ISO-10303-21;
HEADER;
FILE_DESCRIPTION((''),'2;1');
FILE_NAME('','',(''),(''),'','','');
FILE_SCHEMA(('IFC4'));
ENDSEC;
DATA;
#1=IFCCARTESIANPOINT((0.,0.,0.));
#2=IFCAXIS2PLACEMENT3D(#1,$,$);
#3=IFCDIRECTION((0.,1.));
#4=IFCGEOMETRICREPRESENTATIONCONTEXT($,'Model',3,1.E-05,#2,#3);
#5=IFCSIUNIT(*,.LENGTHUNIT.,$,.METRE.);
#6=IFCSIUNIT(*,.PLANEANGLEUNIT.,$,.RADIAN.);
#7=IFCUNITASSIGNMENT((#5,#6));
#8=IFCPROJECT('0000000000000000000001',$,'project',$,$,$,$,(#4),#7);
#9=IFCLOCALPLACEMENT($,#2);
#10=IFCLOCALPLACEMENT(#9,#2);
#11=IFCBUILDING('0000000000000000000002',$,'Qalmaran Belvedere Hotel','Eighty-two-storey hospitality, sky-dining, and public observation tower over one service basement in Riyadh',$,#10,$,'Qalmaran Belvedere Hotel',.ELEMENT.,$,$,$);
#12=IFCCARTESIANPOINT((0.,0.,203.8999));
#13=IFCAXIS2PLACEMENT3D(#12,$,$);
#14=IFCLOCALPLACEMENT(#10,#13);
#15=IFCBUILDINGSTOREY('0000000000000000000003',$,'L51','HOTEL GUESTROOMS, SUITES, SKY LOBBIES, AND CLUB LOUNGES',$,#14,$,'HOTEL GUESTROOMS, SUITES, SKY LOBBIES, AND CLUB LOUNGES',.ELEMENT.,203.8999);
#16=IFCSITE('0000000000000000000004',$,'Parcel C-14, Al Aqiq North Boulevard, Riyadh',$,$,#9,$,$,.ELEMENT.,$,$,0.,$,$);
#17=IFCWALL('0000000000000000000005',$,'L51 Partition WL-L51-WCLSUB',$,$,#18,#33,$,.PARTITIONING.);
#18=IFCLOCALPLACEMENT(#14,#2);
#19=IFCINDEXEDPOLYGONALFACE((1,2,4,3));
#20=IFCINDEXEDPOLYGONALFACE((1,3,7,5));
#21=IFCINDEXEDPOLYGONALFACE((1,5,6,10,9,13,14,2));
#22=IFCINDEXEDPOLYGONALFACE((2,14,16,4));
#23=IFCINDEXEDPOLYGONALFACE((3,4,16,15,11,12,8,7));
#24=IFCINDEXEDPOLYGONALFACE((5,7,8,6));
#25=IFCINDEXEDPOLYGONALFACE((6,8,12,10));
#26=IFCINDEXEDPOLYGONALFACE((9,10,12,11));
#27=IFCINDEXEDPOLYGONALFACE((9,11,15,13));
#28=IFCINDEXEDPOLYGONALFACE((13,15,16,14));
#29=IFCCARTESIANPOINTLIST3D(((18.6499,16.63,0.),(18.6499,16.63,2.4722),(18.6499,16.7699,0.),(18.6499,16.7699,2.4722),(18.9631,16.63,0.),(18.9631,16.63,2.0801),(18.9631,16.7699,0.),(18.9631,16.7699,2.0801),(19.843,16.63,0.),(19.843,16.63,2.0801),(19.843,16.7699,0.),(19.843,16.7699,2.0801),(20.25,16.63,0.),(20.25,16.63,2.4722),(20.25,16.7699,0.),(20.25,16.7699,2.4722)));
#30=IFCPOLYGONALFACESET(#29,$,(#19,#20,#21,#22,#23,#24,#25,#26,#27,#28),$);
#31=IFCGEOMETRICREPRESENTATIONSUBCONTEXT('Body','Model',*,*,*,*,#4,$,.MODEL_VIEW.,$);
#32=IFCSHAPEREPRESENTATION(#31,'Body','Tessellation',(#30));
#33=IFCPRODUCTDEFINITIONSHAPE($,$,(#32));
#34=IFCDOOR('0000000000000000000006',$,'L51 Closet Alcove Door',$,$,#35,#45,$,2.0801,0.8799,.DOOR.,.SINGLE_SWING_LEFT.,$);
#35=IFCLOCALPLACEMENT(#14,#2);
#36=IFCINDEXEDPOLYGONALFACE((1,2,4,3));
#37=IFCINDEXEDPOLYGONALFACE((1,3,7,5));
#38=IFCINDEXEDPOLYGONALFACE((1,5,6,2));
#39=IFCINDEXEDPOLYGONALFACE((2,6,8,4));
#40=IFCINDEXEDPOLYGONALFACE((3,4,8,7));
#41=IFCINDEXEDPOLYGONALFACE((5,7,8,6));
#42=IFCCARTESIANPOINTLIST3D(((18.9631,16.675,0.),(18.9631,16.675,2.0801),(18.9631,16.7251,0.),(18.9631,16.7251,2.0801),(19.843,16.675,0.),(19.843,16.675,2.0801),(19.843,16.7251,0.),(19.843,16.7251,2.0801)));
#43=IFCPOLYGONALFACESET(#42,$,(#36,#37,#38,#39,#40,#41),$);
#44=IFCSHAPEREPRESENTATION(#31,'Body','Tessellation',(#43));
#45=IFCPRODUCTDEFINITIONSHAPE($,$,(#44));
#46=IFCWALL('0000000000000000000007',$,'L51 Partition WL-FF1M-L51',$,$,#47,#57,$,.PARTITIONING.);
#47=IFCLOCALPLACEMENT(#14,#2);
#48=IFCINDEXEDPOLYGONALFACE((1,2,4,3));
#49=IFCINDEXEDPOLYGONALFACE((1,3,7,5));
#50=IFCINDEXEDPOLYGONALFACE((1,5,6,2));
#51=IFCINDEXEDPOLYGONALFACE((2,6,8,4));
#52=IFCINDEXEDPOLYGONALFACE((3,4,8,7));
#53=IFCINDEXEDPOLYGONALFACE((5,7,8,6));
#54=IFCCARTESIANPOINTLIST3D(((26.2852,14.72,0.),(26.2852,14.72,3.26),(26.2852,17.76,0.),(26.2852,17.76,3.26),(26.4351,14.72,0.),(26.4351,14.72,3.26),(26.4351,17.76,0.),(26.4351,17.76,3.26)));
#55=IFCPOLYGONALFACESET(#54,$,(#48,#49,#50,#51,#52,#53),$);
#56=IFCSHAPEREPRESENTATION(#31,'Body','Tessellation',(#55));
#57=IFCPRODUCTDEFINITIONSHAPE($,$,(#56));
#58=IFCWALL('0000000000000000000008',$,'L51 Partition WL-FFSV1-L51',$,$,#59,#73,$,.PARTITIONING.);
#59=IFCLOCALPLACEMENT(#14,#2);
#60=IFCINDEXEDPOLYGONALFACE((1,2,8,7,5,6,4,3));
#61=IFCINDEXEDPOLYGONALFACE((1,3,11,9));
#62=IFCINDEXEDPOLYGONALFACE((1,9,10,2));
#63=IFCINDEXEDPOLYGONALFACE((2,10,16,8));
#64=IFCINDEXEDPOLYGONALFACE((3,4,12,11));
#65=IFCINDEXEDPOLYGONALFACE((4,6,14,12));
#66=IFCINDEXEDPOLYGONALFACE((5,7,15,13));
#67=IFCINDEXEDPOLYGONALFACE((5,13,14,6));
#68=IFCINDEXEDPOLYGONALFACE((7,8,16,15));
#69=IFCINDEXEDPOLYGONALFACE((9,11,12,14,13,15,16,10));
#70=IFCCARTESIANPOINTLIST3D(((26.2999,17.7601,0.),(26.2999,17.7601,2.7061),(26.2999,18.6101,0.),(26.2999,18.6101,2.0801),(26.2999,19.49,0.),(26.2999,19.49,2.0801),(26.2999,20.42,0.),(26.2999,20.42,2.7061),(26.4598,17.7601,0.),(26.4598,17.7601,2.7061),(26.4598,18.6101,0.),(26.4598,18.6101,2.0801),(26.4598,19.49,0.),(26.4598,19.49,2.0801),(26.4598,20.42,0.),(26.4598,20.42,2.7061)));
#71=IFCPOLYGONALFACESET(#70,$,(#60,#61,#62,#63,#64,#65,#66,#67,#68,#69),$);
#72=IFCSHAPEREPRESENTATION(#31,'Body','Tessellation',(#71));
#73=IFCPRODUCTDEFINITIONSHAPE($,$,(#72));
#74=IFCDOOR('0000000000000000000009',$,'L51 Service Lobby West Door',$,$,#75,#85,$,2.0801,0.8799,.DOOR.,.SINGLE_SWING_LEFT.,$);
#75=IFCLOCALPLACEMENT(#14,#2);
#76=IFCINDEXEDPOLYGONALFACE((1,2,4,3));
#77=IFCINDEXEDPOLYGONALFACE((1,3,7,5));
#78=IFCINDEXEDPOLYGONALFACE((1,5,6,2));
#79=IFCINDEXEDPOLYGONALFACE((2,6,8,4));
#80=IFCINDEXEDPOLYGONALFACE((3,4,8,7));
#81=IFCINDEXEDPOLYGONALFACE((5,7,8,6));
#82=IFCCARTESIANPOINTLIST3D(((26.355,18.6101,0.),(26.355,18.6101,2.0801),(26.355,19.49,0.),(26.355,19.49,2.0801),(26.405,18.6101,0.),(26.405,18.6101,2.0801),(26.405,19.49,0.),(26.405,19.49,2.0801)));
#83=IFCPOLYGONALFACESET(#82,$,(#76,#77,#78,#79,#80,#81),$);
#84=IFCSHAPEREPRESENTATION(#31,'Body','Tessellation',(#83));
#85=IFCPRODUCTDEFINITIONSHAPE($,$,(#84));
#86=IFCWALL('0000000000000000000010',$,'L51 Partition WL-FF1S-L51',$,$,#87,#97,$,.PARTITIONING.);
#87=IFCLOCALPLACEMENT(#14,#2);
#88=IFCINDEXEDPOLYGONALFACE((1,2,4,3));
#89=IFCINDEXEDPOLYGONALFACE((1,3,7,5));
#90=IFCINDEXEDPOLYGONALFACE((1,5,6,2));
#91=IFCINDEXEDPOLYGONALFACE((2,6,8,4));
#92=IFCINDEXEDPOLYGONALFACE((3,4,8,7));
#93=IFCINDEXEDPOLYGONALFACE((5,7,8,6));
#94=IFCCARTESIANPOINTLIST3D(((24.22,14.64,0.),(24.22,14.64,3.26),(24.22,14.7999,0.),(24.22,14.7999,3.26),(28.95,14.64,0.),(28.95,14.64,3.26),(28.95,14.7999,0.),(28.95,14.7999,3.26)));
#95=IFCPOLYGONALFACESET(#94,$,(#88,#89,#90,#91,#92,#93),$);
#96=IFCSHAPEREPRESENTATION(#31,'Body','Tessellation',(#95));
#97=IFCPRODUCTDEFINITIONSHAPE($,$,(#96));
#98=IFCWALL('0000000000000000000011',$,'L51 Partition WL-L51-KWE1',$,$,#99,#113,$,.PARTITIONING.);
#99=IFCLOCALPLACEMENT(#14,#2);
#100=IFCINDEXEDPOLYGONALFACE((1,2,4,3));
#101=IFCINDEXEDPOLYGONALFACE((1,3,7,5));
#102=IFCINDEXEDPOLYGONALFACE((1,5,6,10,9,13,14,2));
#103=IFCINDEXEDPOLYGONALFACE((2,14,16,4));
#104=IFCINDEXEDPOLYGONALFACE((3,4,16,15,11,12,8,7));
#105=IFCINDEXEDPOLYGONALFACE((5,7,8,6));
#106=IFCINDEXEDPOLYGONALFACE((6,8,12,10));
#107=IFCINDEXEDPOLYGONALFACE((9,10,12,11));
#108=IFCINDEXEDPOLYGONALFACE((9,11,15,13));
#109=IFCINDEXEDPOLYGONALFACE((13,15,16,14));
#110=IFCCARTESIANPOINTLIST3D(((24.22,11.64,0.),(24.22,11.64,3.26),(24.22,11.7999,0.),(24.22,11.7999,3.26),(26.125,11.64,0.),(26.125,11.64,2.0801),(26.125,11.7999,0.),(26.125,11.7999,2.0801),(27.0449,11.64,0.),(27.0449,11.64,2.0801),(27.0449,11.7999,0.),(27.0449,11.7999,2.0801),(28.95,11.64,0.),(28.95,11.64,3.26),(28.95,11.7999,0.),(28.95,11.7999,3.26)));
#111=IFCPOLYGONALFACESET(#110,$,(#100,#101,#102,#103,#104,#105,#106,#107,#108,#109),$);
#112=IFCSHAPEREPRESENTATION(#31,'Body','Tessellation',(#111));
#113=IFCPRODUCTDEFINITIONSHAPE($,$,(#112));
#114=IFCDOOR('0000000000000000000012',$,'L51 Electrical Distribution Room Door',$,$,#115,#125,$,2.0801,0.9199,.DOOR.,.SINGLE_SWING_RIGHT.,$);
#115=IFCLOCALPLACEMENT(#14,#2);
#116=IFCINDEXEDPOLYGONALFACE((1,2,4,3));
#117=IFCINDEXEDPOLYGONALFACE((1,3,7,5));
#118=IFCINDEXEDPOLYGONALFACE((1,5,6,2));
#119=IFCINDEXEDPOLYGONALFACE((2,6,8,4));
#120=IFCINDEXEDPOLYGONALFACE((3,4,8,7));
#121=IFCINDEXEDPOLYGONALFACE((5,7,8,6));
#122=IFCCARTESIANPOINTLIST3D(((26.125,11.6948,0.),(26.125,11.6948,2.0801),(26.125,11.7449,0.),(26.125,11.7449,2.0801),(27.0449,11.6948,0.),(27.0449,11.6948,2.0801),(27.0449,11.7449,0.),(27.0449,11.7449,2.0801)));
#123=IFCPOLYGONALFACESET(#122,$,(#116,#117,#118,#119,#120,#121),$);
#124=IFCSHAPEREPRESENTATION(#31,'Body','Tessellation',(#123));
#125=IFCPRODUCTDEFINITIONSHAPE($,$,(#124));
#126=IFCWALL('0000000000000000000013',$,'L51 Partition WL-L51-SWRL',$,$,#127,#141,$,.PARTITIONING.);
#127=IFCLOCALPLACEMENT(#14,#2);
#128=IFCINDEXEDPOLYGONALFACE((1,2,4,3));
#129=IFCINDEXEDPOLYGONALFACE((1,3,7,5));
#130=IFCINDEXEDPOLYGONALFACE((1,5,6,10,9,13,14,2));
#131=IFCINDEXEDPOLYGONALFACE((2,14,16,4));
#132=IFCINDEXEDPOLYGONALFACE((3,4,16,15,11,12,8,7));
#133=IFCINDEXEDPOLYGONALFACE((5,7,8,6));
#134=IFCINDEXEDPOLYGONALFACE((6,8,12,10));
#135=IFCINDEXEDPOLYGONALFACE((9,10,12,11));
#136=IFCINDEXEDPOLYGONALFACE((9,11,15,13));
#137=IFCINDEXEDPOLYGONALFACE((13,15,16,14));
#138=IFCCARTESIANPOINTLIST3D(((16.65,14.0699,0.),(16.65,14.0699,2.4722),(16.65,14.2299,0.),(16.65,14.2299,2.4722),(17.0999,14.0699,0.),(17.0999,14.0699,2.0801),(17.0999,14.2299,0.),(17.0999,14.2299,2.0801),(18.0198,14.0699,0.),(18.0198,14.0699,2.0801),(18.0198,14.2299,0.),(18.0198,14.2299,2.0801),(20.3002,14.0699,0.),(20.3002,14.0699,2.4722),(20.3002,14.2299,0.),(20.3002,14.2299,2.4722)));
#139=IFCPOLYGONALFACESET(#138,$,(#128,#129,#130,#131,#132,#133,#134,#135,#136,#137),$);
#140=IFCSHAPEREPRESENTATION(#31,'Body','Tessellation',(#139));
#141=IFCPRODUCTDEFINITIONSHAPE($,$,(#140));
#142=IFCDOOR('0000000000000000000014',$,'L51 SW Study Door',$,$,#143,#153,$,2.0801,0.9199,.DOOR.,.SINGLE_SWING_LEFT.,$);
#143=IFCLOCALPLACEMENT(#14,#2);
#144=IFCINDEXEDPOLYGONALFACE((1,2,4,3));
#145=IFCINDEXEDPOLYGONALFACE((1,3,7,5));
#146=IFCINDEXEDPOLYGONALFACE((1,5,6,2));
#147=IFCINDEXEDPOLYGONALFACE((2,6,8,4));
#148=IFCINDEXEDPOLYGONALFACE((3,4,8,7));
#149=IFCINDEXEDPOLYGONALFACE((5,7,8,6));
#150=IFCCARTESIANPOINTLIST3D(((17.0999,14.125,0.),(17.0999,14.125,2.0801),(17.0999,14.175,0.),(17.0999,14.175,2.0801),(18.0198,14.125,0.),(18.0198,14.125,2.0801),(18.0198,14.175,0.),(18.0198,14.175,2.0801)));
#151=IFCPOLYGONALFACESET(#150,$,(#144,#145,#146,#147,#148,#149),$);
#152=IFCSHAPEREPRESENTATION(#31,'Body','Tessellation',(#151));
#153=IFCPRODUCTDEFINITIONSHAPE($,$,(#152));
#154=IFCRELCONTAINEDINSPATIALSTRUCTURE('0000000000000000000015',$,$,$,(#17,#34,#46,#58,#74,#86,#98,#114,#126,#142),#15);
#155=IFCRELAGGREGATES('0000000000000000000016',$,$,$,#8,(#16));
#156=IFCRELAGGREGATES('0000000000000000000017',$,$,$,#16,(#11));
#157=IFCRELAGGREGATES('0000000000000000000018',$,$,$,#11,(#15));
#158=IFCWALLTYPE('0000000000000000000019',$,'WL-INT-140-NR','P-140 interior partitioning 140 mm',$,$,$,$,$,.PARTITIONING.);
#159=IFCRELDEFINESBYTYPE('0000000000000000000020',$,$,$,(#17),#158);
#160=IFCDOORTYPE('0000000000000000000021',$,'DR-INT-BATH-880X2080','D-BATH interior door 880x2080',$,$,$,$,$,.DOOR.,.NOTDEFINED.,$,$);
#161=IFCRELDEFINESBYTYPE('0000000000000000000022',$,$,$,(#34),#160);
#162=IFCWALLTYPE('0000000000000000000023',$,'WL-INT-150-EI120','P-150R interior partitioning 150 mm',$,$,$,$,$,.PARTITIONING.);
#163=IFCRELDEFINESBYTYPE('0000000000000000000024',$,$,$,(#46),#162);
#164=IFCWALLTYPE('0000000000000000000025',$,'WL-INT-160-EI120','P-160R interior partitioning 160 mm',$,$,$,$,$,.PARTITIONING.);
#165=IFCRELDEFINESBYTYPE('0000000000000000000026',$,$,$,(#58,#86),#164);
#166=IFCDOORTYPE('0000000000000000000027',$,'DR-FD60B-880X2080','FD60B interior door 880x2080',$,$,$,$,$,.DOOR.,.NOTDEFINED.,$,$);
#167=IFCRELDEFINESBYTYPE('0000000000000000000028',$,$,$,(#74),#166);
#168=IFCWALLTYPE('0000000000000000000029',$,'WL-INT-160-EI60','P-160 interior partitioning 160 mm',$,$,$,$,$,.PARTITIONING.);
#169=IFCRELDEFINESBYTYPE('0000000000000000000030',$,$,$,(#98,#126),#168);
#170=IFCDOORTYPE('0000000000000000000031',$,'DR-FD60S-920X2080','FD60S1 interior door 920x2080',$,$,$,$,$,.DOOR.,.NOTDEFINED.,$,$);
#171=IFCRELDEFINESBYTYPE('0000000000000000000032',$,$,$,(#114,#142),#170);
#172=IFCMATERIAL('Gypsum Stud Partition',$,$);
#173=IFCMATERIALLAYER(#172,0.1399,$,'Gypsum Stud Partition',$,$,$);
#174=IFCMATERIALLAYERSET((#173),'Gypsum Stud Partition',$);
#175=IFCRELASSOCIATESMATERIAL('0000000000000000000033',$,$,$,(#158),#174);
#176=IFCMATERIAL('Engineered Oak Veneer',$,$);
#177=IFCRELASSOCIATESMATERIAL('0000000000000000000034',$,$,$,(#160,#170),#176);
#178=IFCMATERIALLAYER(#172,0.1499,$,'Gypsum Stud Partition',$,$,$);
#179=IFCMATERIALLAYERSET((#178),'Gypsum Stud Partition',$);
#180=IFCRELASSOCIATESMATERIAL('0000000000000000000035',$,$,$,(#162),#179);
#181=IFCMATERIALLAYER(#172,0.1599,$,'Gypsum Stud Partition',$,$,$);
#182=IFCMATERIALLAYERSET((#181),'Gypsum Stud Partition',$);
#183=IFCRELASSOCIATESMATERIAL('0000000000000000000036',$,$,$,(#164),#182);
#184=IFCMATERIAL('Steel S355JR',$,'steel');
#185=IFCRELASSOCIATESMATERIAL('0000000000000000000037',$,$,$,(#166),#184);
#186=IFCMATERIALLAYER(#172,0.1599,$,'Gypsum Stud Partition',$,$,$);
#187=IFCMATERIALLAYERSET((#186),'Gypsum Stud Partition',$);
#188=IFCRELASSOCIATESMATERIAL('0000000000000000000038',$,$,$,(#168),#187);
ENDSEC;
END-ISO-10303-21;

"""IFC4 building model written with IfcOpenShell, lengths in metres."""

from ifc_helpers import new_model, si_unit, direction, frame, frame_2d, origin, place, context, subcontext, project, spatial, rectangle, extrude, material, layer, layer_set, type_object, element, fill, save


model = new_model("IFC4")

# Units and contexts
model_context = context("Model", 3, precision=1e-05, world=origin(), true_north=direction((0.0, 1.0)))
body_context = subcontext(model_context, "Body", "Model", "MODEL_VIEW")
ifc_project = project(units=[si_unit("LENGTHUNIT", "METRE"), si_unit("PLANEANGLEUNIT", "RADIAN")], contexts=[model_context])

# Site, building, storey
site_placement = place(None, origin())
site = spatial("IfcSite", under=ifc_project, at=site_placement, Name="Parcel C-14, Al Aqiq North Boulevard, Riyadh", CompositionType="ELEMENT", RefElevation=0.0)
building_placement = place(site_placement, origin())
building = spatial("IfcBuilding", under=site, at=building_placement, Name="Qalmaran Belvedere Hotel", Description="Eighty-two-storey hospitality, sky-dining, and public observation tower over one service basement in Riyadh", LongName="Qalmaran Belvedere Hotel", CompositionType="ELEMENT")
storey_placement = place(building_placement, frame((0.0, 0.0, 203.8999)))
storey = spatial("IfcBuildingStorey", under=building, at=storey_placement, Name="L51", Description="HOTEL GUESTROOMS, SUITES, SKY LOBBIES, AND CLUB LOUNGES", LongName="HOTEL GUESTROOMS, SUITES, SKY LOBBIES, AND CLUB LOUNGES", CompositionType="ELEMENT", Elevation=203.8999)

# Wall, opening, door
ifc_material_1 = material(Name="Gypsum Stud Partition")
ifc_layer_1 = layer(ifc_material_1, 0.1399, Name="Gypsum Stud Partition")
ifc_layer_set_1 = layer_set([ifc_layer_1], Name="Gypsum Stud Partition")
wall_type_1 = type_object("IfcWallType", Name="WL-INT-140-NR", Description="P-140 interior partitioning 140 mm", PredefinedType="PARTITIONING", material=ifc_layer_set_1)
wall_1_placement = place(storey_placement, frame((18.6499, 16.7, 0.0), z_axis=(0.0, 0.0, 1.0), x_axis=(1.0, 0.0, 0.0)))
wall_1 = element("IfcWall", 1, at=wall_1_placement, inside=storey, type_object=wall_type_1, Name="L51 Partition WL-L51-WCLSUB", PredefinedType="PARTITIONING", context=body_context, shape_type="SweptSolid", body=[
    extrude(rectangle(XDim=1.6001, YDim=0.1399, at=frame_2d((0.8, 0.0))), origin(), (0.0, 0.0, 1.0), 2.4722),
])
opening_1_placement = place(wall_1_placement, frame((1.1931, 0.0, 0.0), z_axis=(0.0, 0.0, 1.0), x_axis=(-1.0, 0.0, 0.0)))
opening_1 = element("IfcOpeningElement", 2, at=opening_1_placement, cuts=wall_1, PredefinedType="OPENING", context=body_context, shape_type="SweptSolid", body=[
    extrude(rectangle(XDim=0.8799, YDim=2.0801, at=frame_2d((0.4399, 1.04))), frame((0.0, 0.0801, 0.0), z_axis=(0.0, -1.0, 0.0), x_axis=(1.0, 0.0, 0.0)), (0.0, 0.0, 1.0), 0.1599),
])
ifc_material_2 = material(Name="Engineered Oak Veneer")
door_type_1 = type_object("IfcDoorType", Name="DR-INT-BATH-880X2080", Description="D-BATH interior door 880x2080", OperationType="NOTDEFINED", PredefinedType="DOOR", material=ifc_material_2)
door_1_placement = place(opening_1_placement, origin())
door_1 = element("IfcDoor", 3, at=door_1_placement, inside=storey, type_object=door_type_1, Name="L51 Closet Alcove Door", OperationType="SINGLE_SWING_LEFT", OverallHeight=2.0801, OverallWidth=0.8799, PredefinedType="DOOR", context=body_context, shape_type="SweptSolid", body=[
    extrude(rectangle(XDim=0.8799, YDim=2.0801, at=frame_2d((0.4399, 1.04))), frame((0.0, 0.0249, 0.0), z_axis=(0.0, -1.0, 0.0), x_axis=(1.0, 0.0, 0.0)), (0.0, 0.0, 1.0), 0.05),
])
fill(opening_1, door_1)

# Wall
ifc_layer_2 = layer(ifc_material_1, 0.1499, Name="Gypsum Stud Partition")
ifc_layer_set_2 = layer_set([ifc_layer_2], Name="Gypsum Stud Partition")
wall_type_2 = type_object("IfcWallType", Name="WL-INT-150-EI120", Description="P-150R interior partitioning 150 mm", PredefinedType="PARTITIONING", material=ifc_layer_set_2)
wall_2_placement = place(storey_placement, frame((26.3601, 14.72, 0.0), z_axis=(0.0, 0.0, 1.0), x_axis=(0.0, 1.0, 0.0)))
element("IfcWall", 4, at=wall_2_placement, inside=storey, type_object=wall_type_2, Name="L51 Partition WL-FF1M-L51", PredefinedType="PARTITIONING", context=body_context, shape_type="SweptSolid", body=[
    extrude(rectangle(XDim=3.04, YDim=0.1499, at=frame_2d((1.52, 0.0))), origin(), (0.0, 0.0, 1.0), 3.26),
])

# Wall, opening, door
ifc_layer_3 = layer(ifc_material_1, 0.1599, Name="Gypsum Stud Partition")
ifc_layer_set_3 = layer_set([ifc_layer_3], Name="Gypsum Stud Partition")
wall_type_3 = type_object("IfcWallType", Name="WL-INT-160-EI120", Description="P-160R interior partitioning 160 mm", PredefinedType="PARTITIONING", material=ifc_layer_set_3)
wall_3_placement = place(storey_placement, frame((26.3799, 17.76, 0.0), z_axis=(0.0, 0.0, 1.0), x_axis=(0.0, 1.0, 0.0)))
wall_3 = element("IfcWall", 5, at=wall_3_placement, inside=storey, type_object=wall_type_3, Name="L51 Partition WL-FFSV1-L51", PredefinedType="PARTITIONING", context=body_context, shape_type="SweptSolid", body=[
    extrude(rectangle(XDim=2.6599, YDim=0.1599, at=frame_2d((1.3301, 0.0))), origin(), (0.0, 0.0, 1.0), 2.7061),
])
opening_2_placement = place(wall_3_placement, frame((0.8501, 0.0, 0.0)))
opening_2 = element("IfcOpeningElement", 6, at=opening_2_placement, cuts=wall_3, PredefinedType="OPENING", context=body_context, shape_type="SweptSolid", body=[
    extrude(rectangle(XDim=0.8799, YDim=2.0801, at=frame_2d((0.4399, 1.04))), frame((0.0, 0.0898, 0.0), z_axis=(0.0, -1.0, 0.0), x_axis=(1.0, 0.0, 0.0)), (0.0, 0.0, 1.0), 0.1799),
])
ifc_material_3 = material(Name="Steel S355JR", Category="steel")
door_type_2 = type_object("IfcDoorType", Name="DR-FD60B-880X2080", Description="FD60B interior door 880x2080", OperationType="NOTDEFINED", PredefinedType="DOOR", material=ifc_material_3)
door_2_placement = place(opening_2_placement, origin())
door_2 = element("IfcDoor", 7, at=door_2_placement, inside=storey, type_object=door_type_2, Name="L51 Service Lobby West Door", OperationType="SINGLE_SWING_LEFT", OverallHeight=2.0801, OverallWidth=0.8799, PredefinedType="DOOR", context=body_context, shape_type="SweptSolid", body=[
    extrude(rectangle(XDim=0.8799, YDim=2.0801, at=frame_2d((0.4399, 1.04))), frame((0.0, 0.0249, 0.0), z_axis=(0.0, -1.0, 0.0), x_axis=(1.0, 0.0, 0.0)), (0.0, 0.0, 1.0), 0.05),
])
fill(opening_2, door_2)

# Wall
wall_4_placement = place(storey_placement, frame((24.22, 14.72, 0.0), z_axis=(0.0, 0.0, 1.0), x_axis=(1.0, 0.0, 0.0)))
element("IfcWall", 8, at=wall_4_placement, inside=storey, type_object=wall_type_3, Name="L51 Partition WL-FF1S-L51", PredefinedType="PARTITIONING", context=body_context, shape_type="SweptSolid", body=[
    extrude(rectangle(XDim=4.73, YDim=0.1599, at=frame_2d((2.365, 0.0))), origin(), (0.0, 0.0, 1.0), 3.26),
])

# Walls, openings, doors
ifc_layer_4 = layer(ifc_material_1, 0.1599, Name="Gypsum Stud Partition")
ifc_layer_set_4 = layer_set([ifc_layer_4], Name="Gypsum Stud Partition")
wall_type_4 = type_object("IfcWallType", Name="WL-INT-160-EI60", Description="P-160 interior partitioning 160 mm", PredefinedType="PARTITIONING", material=ifc_layer_set_4)
wall_5_placement = place(storey_placement, frame((24.22, 11.72, 0.0), z_axis=(0.0, 0.0, 1.0), x_axis=(1.0, 0.0, 0.0)))
wall_5 = element("IfcWall", 9, at=wall_5_placement, inside=storey, type_object=wall_type_4, Name="L51 Partition WL-L51-KWE1", PredefinedType="PARTITIONING", context=body_context, shape_type="SweptSolid", body=[
    extrude(rectangle(XDim=4.73, YDim=0.1599, at=frame_2d((2.365, 0.0))), origin(), (0.0, 0.0, 1.0), 3.26),
])
opening_3_placement = place(wall_5_placement, frame((1.905, 0.0, 0.0)))
opening_3 = element("IfcOpeningElement", 10, at=opening_3_placement, cuts=wall_5, PredefinedType="OPENING", context=body_context, shape_type="SweptSolid", body=[
    extrude(rectangle(XDim=0.9199, YDim=2.0801, at=frame_2d((0.46, 1.04))), frame((0.0, 0.0898, 0.0), z_axis=(0.0, -1.0, 0.0), x_axis=(1.0, 0.0, 0.0)), (0.0, 0.0, 1.0), 0.1799),
])
door_type_3 = type_object("IfcDoorType", Name="DR-FD60S-920X2080", Description="FD60S1 interior door 920x2080", OperationType="NOTDEFINED", PredefinedType="DOOR", material=ifc_material_2)
door_3_placement = place(opening_3_placement, origin())
door_3 = element("IfcDoor", 11, at=door_3_placement, inside=storey, type_object=door_type_3, Name="L51 Electrical Distribution Room Door", OperationType="SINGLE_SWING_RIGHT", OverallHeight=2.0801, OverallWidth=0.9199, PredefinedType="DOOR", context=body_context, shape_type="SweptSolid", body=[
    extrude(rectangle(XDim=0.9199, YDim=2.0801, at=frame_2d((0.46, 1.04))), frame((0.0, 0.0249, 0.0), z_axis=(0.0, -1.0, 0.0), x_axis=(1.0, 0.0, 0.0)), (0.0, 0.0, 1.0), 0.05),
])
fill(opening_3, door_3)
wall_6_placement = place(storey_placement, frame((16.6499, 14.1499, 0.0), z_axis=(0.0, 0.0, 1.0), x_axis=(1.0, 0.0, 0.0)))
wall_6 = element("IfcWall", 12, at=wall_6_placement, inside=storey, type_object=wall_type_4, Name="L51 Partition WL-L51-SWRL", PredefinedType="PARTITIONING", context=body_context, shape_type="SweptSolid", body=[
    extrude(rectangle(XDim=3.6501, YDim=0.1599, at=frame_2d((1.8252, 0.0))), origin(), (0.0, 0.0, 1.0), 2.4722),
])
opening_4_placement = place(wall_6_placement, frame((1.3699, 0.0, 0.0), z_axis=(0.0, 0.0, 1.0), x_axis=(-1.0, 0.0, 0.0)))
opening_4 = element("IfcOpeningElement", 13, at=opening_4_placement, cuts=wall_6, PredefinedType="OPENING", context=body_context, shape_type="SweptSolid", body=[
    extrude(rectangle(XDim=0.9199, YDim=2.0801, at=frame_2d((0.46, 1.04))), frame((0.0, 0.0898, 0.0), z_axis=(0.0, -1.0, 0.0), x_axis=(1.0, 0.0, 0.0)), (0.0, 0.0, 1.0), 0.1799),
])
door_4_placement = place(opening_4_placement, origin())
door_4 = element("IfcDoor", 14, at=door_4_placement, inside=storey, type_object=door_type_3, Name="L51 SW Study Door", OperationType="SINGLE_SWING_LEFT", OverallHeight=2.0801, OverallWidth=0.9199, PredefinedType="DOOR", context=body_context, shape_type="SweptSolid", body=[
    extrude(rectangle(XDim=0.9199, YDim=2.0801, at=frame_2d((0.46, 1.04))), frame((0.0, 0.0249, 0.0), z_axis=(0.0, -1.0, 0.0), x_axis=(1.0, 0.0, 0.0)), (0.0, 0.0, 1.0), 0.05),
])
fill(opening_4, door_4)

save(model, "model.ifc")
